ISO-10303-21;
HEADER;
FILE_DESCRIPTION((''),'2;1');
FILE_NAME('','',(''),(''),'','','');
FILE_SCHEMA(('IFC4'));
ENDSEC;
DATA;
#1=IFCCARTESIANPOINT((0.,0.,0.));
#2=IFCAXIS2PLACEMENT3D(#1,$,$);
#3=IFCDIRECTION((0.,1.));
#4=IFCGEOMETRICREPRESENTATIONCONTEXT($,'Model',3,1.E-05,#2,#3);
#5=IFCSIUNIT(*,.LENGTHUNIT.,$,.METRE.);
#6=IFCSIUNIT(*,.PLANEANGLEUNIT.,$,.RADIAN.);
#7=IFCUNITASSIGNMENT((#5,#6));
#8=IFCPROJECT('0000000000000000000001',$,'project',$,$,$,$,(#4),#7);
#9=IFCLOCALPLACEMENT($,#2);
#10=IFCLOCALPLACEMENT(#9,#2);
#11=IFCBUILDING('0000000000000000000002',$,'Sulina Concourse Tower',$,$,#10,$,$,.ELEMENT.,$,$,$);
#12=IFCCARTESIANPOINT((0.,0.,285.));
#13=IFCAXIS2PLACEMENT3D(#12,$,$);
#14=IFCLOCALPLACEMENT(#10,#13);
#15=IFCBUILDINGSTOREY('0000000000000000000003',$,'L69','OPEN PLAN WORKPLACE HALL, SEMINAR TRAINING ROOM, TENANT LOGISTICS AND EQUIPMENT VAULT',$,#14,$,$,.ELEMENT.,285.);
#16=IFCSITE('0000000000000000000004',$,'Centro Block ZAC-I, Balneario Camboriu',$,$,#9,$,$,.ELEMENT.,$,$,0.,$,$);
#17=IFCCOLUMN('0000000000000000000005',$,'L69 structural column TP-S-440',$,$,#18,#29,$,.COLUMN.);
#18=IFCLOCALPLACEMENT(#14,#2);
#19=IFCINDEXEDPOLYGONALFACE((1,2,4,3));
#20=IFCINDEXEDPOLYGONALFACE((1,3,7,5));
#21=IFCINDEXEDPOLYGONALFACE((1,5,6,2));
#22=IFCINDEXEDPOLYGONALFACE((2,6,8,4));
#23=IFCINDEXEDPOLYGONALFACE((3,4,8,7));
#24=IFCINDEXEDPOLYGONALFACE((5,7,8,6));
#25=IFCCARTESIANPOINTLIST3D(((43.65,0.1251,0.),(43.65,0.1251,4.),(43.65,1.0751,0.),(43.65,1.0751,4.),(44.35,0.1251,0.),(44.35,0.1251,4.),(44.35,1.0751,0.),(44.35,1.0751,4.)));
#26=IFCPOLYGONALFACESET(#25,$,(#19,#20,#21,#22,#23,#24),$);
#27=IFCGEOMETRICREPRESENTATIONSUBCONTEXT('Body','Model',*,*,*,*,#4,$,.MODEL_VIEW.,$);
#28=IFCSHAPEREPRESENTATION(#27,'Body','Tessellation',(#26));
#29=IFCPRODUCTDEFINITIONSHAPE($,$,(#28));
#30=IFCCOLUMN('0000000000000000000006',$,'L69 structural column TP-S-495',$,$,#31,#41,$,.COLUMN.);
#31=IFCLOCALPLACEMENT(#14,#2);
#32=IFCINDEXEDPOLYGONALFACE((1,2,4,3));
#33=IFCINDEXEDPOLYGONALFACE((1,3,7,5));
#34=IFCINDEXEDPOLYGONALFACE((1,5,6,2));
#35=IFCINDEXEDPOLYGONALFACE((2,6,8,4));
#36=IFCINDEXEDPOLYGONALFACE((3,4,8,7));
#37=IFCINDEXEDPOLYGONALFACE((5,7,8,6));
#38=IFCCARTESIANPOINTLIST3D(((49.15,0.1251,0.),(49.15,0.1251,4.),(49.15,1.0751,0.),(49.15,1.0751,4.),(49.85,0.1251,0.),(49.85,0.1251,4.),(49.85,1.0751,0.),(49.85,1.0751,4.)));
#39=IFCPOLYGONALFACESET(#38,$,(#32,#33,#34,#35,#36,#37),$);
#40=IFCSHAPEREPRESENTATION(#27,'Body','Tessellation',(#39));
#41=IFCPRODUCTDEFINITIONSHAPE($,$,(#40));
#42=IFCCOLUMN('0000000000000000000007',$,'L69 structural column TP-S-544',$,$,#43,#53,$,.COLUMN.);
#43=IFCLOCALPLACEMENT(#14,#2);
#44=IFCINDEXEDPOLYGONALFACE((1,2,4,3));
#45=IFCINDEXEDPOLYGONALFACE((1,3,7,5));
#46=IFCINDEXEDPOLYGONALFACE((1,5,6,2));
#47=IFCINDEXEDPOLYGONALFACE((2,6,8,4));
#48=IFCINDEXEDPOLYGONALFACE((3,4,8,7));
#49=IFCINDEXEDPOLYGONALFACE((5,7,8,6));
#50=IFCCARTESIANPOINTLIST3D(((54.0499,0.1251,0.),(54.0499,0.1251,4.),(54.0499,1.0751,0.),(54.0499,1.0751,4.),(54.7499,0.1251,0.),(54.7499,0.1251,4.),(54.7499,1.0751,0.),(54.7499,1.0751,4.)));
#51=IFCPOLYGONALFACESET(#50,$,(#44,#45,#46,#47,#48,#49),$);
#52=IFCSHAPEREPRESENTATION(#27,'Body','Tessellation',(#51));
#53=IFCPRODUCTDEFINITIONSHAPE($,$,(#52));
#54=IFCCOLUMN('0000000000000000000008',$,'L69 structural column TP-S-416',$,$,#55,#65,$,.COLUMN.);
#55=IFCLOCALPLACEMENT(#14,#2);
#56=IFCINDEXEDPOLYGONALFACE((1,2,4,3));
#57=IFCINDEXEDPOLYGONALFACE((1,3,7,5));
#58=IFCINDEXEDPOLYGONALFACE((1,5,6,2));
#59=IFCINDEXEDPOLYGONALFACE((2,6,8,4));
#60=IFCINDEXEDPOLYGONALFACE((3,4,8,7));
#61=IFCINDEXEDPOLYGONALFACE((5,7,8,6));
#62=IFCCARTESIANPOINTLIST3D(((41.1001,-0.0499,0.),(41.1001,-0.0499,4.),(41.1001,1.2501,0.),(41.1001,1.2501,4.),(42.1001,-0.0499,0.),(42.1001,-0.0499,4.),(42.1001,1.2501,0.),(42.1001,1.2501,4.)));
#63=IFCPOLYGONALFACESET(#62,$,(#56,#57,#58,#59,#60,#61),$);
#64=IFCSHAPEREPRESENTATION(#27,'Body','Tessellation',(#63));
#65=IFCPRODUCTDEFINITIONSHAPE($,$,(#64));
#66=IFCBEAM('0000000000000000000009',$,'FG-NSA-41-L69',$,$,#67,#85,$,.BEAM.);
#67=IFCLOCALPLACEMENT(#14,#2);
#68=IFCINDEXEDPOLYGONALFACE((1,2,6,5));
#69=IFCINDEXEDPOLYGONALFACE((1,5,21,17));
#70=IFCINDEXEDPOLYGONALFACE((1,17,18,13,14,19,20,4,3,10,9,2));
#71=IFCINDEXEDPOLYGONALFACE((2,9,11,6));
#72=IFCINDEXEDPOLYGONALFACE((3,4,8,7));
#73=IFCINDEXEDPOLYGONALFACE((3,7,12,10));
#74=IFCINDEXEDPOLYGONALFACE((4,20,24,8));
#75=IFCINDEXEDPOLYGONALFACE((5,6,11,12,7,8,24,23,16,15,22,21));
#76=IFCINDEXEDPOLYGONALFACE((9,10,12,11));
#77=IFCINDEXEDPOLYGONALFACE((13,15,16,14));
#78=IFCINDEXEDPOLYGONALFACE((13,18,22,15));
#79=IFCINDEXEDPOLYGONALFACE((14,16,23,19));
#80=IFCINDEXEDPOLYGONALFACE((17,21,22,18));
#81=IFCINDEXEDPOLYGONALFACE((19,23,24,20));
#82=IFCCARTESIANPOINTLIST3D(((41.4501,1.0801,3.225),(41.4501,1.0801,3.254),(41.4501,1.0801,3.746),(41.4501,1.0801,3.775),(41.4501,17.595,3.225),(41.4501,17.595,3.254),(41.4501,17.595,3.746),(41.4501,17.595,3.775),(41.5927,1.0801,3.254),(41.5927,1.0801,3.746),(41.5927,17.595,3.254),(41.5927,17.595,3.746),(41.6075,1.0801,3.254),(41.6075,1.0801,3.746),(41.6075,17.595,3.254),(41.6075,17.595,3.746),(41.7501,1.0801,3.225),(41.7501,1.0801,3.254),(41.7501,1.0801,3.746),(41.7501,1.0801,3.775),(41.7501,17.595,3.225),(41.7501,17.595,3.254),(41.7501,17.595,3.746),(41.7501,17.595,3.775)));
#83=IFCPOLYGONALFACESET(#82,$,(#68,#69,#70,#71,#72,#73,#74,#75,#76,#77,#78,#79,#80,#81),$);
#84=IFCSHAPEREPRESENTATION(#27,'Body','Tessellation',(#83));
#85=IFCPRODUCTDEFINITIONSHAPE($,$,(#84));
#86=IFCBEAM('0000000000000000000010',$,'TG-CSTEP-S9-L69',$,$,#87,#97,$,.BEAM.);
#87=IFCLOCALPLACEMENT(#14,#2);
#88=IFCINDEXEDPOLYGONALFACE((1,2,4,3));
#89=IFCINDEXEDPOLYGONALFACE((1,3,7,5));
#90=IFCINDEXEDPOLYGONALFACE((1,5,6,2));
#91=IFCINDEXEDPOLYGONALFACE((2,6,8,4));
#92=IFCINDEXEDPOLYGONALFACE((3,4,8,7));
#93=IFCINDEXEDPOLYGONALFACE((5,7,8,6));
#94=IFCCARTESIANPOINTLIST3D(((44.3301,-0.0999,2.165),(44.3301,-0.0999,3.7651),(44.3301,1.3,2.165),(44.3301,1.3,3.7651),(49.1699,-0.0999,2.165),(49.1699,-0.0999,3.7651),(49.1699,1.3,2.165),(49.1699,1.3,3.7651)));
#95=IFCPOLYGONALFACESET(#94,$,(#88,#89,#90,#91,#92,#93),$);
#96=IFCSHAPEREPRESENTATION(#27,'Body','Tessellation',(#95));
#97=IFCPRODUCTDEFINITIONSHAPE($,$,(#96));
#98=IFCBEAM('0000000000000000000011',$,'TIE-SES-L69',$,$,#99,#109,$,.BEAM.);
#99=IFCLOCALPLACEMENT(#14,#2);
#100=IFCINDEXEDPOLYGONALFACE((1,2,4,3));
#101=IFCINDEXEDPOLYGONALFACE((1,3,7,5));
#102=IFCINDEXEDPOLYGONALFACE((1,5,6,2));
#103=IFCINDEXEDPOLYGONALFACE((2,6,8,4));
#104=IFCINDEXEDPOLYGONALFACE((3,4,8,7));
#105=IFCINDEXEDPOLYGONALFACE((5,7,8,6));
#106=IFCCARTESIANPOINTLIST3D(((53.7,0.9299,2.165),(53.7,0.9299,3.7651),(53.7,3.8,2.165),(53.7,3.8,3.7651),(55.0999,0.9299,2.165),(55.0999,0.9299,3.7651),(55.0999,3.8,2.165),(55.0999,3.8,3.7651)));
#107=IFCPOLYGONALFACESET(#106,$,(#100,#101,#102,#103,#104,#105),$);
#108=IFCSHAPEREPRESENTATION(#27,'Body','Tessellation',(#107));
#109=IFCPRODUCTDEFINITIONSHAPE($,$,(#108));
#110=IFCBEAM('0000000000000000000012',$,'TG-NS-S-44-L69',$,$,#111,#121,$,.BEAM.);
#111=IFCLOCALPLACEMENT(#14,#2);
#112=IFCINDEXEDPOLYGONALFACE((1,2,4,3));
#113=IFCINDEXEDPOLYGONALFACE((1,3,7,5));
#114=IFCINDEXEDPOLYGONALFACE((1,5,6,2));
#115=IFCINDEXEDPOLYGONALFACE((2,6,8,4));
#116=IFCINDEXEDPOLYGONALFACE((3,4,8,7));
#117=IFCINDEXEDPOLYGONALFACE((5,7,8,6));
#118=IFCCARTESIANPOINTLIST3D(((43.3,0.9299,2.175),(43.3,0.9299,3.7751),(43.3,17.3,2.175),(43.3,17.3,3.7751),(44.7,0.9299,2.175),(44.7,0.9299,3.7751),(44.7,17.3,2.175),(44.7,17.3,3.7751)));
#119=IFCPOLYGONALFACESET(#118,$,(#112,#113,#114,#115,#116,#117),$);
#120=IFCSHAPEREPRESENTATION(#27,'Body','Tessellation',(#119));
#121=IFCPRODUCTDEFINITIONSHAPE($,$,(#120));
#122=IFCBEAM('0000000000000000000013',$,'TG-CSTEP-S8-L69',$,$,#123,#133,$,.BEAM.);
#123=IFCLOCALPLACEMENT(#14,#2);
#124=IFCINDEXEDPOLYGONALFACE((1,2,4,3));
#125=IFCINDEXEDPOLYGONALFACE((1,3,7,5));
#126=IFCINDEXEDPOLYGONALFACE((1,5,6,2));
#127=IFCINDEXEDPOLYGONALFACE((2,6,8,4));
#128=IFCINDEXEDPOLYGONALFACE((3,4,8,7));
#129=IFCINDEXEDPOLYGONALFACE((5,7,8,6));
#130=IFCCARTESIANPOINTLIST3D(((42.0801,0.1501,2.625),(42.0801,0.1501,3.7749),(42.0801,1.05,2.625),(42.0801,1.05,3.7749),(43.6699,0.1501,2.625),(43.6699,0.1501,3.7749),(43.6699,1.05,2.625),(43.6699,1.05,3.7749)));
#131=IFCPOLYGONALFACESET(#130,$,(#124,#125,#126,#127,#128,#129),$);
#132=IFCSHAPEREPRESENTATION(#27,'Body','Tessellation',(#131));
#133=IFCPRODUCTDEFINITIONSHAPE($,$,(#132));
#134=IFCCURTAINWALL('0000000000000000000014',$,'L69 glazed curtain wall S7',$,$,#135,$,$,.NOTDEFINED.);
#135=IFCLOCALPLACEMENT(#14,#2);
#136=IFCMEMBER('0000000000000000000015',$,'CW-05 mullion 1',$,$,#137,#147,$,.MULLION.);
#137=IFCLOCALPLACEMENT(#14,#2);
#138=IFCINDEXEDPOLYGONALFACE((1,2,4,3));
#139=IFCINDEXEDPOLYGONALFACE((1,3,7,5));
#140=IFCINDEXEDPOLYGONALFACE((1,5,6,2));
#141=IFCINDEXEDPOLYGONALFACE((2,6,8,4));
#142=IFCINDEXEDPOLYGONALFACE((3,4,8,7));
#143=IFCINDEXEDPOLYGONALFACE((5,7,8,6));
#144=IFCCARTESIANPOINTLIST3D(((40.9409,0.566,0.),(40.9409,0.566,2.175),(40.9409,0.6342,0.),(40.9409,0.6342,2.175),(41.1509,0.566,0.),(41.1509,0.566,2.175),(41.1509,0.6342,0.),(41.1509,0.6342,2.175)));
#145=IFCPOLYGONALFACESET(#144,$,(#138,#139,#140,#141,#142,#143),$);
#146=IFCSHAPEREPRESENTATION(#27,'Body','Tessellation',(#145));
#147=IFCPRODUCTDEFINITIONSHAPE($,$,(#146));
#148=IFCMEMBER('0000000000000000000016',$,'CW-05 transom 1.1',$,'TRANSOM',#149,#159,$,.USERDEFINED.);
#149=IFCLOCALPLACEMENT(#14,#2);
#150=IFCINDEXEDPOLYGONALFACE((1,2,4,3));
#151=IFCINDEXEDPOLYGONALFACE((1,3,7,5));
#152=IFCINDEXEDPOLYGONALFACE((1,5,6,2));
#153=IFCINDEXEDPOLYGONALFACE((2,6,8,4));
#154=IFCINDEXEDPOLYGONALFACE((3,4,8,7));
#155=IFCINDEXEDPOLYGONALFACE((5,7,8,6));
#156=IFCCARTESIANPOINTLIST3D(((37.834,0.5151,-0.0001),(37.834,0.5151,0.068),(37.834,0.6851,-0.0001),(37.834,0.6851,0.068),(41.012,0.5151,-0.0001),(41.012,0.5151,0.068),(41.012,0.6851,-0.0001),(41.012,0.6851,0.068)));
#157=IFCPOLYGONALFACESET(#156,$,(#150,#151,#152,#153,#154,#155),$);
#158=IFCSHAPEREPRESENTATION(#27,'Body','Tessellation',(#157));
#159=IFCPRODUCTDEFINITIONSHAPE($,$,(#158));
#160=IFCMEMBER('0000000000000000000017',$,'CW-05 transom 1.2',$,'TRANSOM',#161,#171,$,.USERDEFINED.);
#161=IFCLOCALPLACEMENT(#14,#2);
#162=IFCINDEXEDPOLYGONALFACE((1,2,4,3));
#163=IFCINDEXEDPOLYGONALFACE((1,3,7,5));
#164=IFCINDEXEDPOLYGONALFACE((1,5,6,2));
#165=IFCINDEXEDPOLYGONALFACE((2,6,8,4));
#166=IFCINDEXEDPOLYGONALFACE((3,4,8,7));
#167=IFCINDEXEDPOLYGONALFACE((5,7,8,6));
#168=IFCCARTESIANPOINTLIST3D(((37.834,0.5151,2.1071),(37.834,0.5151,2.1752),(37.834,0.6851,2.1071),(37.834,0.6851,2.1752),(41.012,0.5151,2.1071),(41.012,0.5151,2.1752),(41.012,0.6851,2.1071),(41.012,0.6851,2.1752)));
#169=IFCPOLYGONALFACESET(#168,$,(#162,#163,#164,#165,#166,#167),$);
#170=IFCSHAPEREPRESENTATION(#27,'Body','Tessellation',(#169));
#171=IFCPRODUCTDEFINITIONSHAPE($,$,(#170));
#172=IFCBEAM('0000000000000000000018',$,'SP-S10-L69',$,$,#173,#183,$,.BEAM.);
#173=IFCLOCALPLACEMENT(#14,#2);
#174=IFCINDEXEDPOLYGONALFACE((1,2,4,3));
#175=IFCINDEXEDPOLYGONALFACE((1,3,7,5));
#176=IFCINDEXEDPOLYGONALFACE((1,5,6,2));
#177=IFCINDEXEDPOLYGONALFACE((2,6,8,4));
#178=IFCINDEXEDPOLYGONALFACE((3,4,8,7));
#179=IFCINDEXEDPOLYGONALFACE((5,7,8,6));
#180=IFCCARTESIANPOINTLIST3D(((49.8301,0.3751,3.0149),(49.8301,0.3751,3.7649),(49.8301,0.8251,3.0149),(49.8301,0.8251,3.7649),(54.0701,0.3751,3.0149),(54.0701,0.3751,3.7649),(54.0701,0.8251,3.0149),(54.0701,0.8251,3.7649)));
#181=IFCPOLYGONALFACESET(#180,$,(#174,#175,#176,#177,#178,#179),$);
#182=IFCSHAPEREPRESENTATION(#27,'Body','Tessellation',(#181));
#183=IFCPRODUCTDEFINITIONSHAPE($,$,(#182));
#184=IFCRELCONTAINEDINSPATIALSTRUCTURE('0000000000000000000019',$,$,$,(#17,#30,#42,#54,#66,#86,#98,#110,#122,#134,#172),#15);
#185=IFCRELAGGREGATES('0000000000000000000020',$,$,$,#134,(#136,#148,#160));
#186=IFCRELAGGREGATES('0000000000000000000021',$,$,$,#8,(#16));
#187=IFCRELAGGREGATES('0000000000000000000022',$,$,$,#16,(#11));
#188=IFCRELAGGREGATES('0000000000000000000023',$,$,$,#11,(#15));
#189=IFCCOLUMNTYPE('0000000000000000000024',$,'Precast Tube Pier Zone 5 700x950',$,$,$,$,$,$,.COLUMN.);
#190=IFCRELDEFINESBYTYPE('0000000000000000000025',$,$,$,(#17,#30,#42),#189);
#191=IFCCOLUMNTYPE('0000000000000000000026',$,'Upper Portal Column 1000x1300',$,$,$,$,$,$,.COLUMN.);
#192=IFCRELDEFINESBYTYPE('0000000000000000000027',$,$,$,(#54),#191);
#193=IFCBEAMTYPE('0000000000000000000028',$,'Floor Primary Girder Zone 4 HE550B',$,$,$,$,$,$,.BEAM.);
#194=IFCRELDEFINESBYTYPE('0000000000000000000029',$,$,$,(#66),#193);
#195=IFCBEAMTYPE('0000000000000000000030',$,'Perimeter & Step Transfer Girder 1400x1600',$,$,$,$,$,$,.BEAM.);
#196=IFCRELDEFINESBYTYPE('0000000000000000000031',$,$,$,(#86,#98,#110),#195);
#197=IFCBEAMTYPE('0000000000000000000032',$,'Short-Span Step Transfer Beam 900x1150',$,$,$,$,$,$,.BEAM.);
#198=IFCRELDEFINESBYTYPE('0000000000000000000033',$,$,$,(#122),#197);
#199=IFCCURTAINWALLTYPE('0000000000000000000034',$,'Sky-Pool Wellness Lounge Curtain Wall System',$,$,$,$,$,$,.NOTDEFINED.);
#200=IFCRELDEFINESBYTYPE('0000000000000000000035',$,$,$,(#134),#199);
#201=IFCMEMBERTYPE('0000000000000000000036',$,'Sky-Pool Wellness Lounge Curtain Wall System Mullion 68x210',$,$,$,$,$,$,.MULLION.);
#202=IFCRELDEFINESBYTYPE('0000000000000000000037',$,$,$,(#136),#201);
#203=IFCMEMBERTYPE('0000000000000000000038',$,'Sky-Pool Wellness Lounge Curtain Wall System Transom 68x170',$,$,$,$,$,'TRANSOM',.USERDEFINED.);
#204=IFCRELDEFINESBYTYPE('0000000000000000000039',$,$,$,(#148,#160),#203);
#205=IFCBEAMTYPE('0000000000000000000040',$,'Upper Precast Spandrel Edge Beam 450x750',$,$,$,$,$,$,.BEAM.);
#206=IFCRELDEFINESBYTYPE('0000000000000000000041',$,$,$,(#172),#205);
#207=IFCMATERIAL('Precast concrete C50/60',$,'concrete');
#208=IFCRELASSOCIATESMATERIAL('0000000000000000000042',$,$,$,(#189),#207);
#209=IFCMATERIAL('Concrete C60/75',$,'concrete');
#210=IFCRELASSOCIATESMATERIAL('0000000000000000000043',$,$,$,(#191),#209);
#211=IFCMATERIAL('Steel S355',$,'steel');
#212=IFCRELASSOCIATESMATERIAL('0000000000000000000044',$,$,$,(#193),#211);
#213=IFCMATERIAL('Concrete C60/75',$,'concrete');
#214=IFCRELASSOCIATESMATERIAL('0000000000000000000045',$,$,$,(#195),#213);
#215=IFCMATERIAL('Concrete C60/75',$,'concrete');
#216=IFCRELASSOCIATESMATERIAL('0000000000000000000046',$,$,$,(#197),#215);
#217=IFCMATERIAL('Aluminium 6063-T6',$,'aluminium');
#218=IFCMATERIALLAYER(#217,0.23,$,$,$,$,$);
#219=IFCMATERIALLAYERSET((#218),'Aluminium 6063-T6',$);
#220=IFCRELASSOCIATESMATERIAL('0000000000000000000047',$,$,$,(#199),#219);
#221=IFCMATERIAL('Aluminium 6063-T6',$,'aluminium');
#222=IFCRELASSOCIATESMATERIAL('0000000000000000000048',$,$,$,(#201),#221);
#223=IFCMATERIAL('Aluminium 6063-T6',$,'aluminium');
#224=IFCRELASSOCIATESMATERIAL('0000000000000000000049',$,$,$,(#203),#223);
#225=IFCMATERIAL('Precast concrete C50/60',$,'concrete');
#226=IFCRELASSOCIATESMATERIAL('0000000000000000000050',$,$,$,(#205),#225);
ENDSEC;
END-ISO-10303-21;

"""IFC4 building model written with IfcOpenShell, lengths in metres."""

from ifc_helpers import new_model, si_unit, direction, frame, origin, origin_2d, place, context, subcontext, project, spatial, rectangle, i_section, extrude, material, layer, layer_set, material_profile, profile_set, type_object, element, aggregate, save


model = new_model("IFC4")

# Units and contexts
model_context = context("Model", 3, precision=1e-05, world=origin(), true_north=direction((0.0, 1.0)))
body_context = subcontext(model_context, "Body", "Model", "MODEL_VIEW")
ifc_project = project(units=[si_unit("LENGTHUNIT", "METRE"), si_unit("PLANEANGLEUNIT", "RADIAN")], contexts=[model_context])

# Site, building, storey
site_placement = place(None, origin())
site = spatial("IfcSite", under=ifc_project, at=site_placement, Name="Centro Block ZAC-I, Balneario Camboriu", CompositionType="ELEMENT", RefElevation=0.0)
building_placement = place(site_placement, origin())
building = spatial("IfcBuilding", under=site, at=building_placement, Name="Sulina Concourse Tower", CompositionType="ELEMENT")
storey_placement = place(building_placement, frame((0.0, 0.0, 285.0)))
storey = spatial("IfcBuildingStorey", under=building, at=storey_placement, Name="L69", Description="OPEN PLAN WORKPLACE HALL, SEMINAR TRAINING ROOM, TENANT LOGISTICS AND EQUIPMENT VAULT", CompositionType="ELEMENT", Elevation=285.0)

# Columns
ifc_material_1 = material(Name="Precast concrete C50/60", Category="concrete")
ifc_material_profile_1 = material_profile(ifc_material_1, rectangle(XDim=0.7, YDim=0.95, at=origin_2d()), Name="PC 700x950")
ifc_profile_set_1 = profile_set([ifc_material_profile_1], Name="Precast concrete C50/60")
column_type_1 = type_object("IfcColumnType", Name="Precast Tube Pier Zone 5 700x950", PredefinedType="COLUMN", material=ifc_profile_set_1)
for number, where, z_axis, x_axis, name in (
    (1, (44.0, 0.6001, 0.0), (0.0, 0.0, 1.0), (1.0, 0.0, 0.0), "L69 structural column TP-S-440"),
    (2, (49.5, 0.6001, 0.0), (0.0, 0.0, 1.0), (1.0, 0.0, 0.0), "L69 structural column TP-S-495"),
    (3, (54.3999, 0.6001, 0.0), (0.0, 0.0, 1.0), (1.0, 0.0, 0.0), "L69 structural column TP-S-544"),
):
    element("IfcColumn", number, at=place(storey_placement, frame(where, z_axis=z_axis, x_axis=x_axis)), inside=storey, type_object=column_type_1, Name=name, PredefinedType="COLUMN", context=body_context, shape_type="SweptSolid", body=[
        extrude(rectangle(XDim=0.7, YDim=0.95, at=origin_2d()), origin(), (0.0, 0.0, 1.0), 4.0),
    ])
ifc_material_2 = material(Name="Concrete C60/75", Category="concrete")
ifc_material_profile_2 = material_profile(ifc_material_2, rectangle(XDim=1.0, YDim=1.3, at=origin_2d()), Name="RC 1000x1300")
ifc_profile_set_2 = profile_set([ifc_material_profile_2], Name="Concrete C60/75")
column_type_2 = type_object("IfcColumnType", Name="Upper Portal Column 1000x1300", PredefinedType="COLUMN", material=ifc_profile_set_2)
column_placement = place(storey_placement, frame((41.6001, 0.6001, 0.0), z_axis=(0.0, 0.0, 1.0), x_axis=(1.0, 0.0, 0.0)))
element("IfcColumn", 4, at=column_placement, inside=storey, type_object=column_type_2, Name="L69 structural column TP-S-416", PredefinedType="COLUMN", context=body_context, shape_type="SweptSolid", body=[
    extrude(rectangle(XDim=1.0, YDim=1.3, at=origin_2d()), origin(), (0.0, 0.0, 1.0), 4.0),
])

# Beams
ifc_material_3 = material(Name="Steel S355", Category="steel")
ifc_material_profile_3 = material_profile(ifc_material_3, i_section(OverallWidth=0.3, OverallDepth=0.55, WebThickness=0.0149, FlangeThickness=0.0291, at=origin_2d()), Name="HE 550 B")
ifc_profile_set_3 = profile_set([ifc_material_profile_3], Name="Steel S355")
beam_type_1 = type_object("IfcBeamType", Name="Floor Primary Girder Zone 4 HE550B", PredefinedType="BEAM", material=ifc_profile_set_3)
beam_1_placement = place(storey_placement, frame((41.6001, 1.0801, 3.5), z_axis=(0.0, 1.0, 0.0), x_axis=(-1.0, 0.0, 0.0)))
element("IfcBeam", 5, at=beam_1_placement, inside=storey, type_object=beam_type_1, Name="FG-NSA-41-L69", PredefinedType="BEAM", context=body_context, shape_type="SweptSolid", body=[
    extrude(i_section(OverallWidth=0.3, OverallDepth=0.55, WebThickness=0.0149, FlangeThickness=0.0291, at=origin_2d()), origin(), (0.0, 0.0, 1.0), 16.5149),
])
ifc_material_4 = material(Name="Concrete C60/75", Category="concrete")
ifc_material_profile_4 = material_profile(ifc_material_4, rectangle(XDim=1.3999, YDim=1.6001, at=origin_2d()), Name="RC 1400x1600")
ifc_profile_set_4 = profile_set([ifc_material_profile_4], Name="Concrete C60/75")
beam_type_2 = type_object("IfcBeamType", Name="Perimeter & Step Transfer Girder 1400x1600", PredefinedType="BEAM", material=ifc_profile_set_4)
beam_2_placement = place(storey_placement, frame((44.3301, 0.6001, 2.9651), z_axis=(1.0, 0.0, 0.0), x_axis=(0.0, 1.0, 0.0)))
element("IfcBeam", 6, at=beam_2_placement, inside=storey, type_object=beam_type_2, Name="TG-CSTEP-S9-L69", PredefinedType="BEAM", context=body_context, shape_type="SweptSolid", body=[
    extrude(rectangle(XDim=1.3999, YDim=1.6001, at=origin_2d()), origin(), (0.0, 0.0, 1.0), 4.8398),
])
beam_3_placement = place(storey_placement, frame((54.3999, 0.9299, 2.9651), z_axis=(0.0, 1.0, 0.0), x_axis=(-1.0, 0.0, 0.0)))
element("IfcBeam", 7, at=beam_3_placement, inside=storey, type_object=beam_type_2, Name="TIE-SES-L69", PredefinedType="BEAM", context=body_context, shape_type="SweptSolid", body=[
    extrude(rectangle(XDim=1.3999, YDim=1.6001, at=origin_2d()), origin(), (0.0, 0.0, 1.0), 2.8701),
])
beam_4_placement = place(storey_placement, frame((44.0, 0.9299, 2.9751), z_axis=(0.0, 1.0, 0.0), x_axis=(-1.0, 0.0, 0.0)))
element("IfcBeam", 8, at=beam_4_placement, inside=storey, type_object=beam_type_2, Name="TG-NS-S-44-L69", PredefinedType="BEAM", context=body_context, shape_type="SweptSolid", body=[
    extrude(rectangle(XDim=1.3999, YDim=1.6001, at=origin_2d()), origin(), (0.0, 0.0, 1.0), 16.3701),
])
ifc_material_5 = material(Name="Concrete C60/75", Category="concrete")
ifc_material_profile_5 = material_profile(ifc_material_5, rectangle(XDim=0.8999, YDim=1.1499, at=origin_2d()), Name="RC 900x1150")
ifc_profile_set_5 = profile_set([ifc_material_profile_5], Name="Concrete C60/75")
beam_type_3 = type_object("IfcBeamType", Name="Short-Span Step Transfer Beam 900x1150", PredefinedType="BEAM", material=ifc_profile_set_5)
beam_5_placement = place(storey_placement, frame((42.0801, 0.6001, 3.2), z_axis=(1.0, 0.0, 0.0), x_axis=(0.0, 1.0, 0.0)))
element("IfcBeam", 9, at=beam_5_placement, inside=storey, type_object=beam_type_3, Name="TG-CSTEP-S8-L69", PredefinedType="BEAM", context=body_context, shape_type="SweptSolid", body=[
    extrude(rectangle(XDim=0.8999, YDim=1.1499, at=origin_2d()), origin(), (0.0, 0.0, 1.0), 1.5898),
])

# Curtain wall, members
ifc_material_6 = material(Name="Aluminium 6063-T6", Category="aluminium")
ifc_layer_1 = layer(ifc_material_6, 0.23)
ifc_layer_set_1 = layer_set([ifc_layer_1], Name="Aluminium 6063-T6")
curtain_wall_type = type_object("IfcCurtainWallType", Name="Sky-Pool Wellness Lounge Curtain Wall System", PredefinedType="NOTDEFINED", material=ifc_layer_set_1)
curtain_wall_placement = place(storey_placement, origin())
curtain_wall = element("IfcCurtainWall", 10, at=curtain_wall_placement, inside=storey, type_object=curtain_wall_type, Name="L69 glazed curtain wall S7", PredefinedType="NOTDEFINED")
ifc_material_7 = material(Name="Aluminium 6063-T6", Category="aluminium")
ifc_material_profile_6 = material_profile(ifc_material_7, rectangle(XDim=0.0681, YDim=0.21, at=origin_2d()), Name="MUL 68x210")
ifc_profile_set_6 = profile_set([ifc_material_profile_6], Name="Aluminium 6063-T6")
member_type_1 = type_object("IfcMemberType", Name="Sky-Pool Wellness Lounge Curtain Wall System Mullion 68x210", PredefinedType="MULLION", material=ifc_profile_set_6)
member_1_placement = place(storey_placement, frame((41.0459, 0.6001, 0.0), z_axis=(0.0, 0.0, 1.0), x_axis=(0.0, -1.0, 0.0)))
member_1 = element("IfcMember", 11, at=member_1_placement, type_object=member_type_1, Name="CW-05 mullion 1", PredefinedType="MULLION", context=body_context, shape_type="SweptSolid", body=[
    extrude(rectangle(XDim=0.0681, YDim=0.21, at=origin_2d()), origin(), (0.0, 0.0, 1.0), 2.175),
])
ifc_material_8 = material(Name="Aluminium 6063-T6", Category="aluminium")
ifc_material_profile_7 = material_profile(ifc_material_8, rectangle(XDim=0.1699, YDim=0.0681, at=origin_2d()), Name="TRN 68x170")
ifc_profile_set_7 = profile_set([ifc_material_profile_7], Name="Aluminium 6063-T6")
member_type_2 = type_object("IfcMemberType", Name="Sky-Pool Wellness Lounge Curtain Wall System Transom 68x170", ElementType="TRANSOM", PredefinedType="USERDEFINED", material=ifc_profile_set_7)
member_2_placement = place(storey_placement, frame((41.012, 0.6001, 0.0339), z_axis=(-1.0, 0.0, 0.0), x_axis=(0.0, -1.0, 0.0)))
member_2 = element("IfcMember", 12, at=member_2_placement, type_object=member_type_2, Name="CW-05 transom 1.1", ObjectType="TRANSOM", PredefinedType="USERDEFINED", context=body_context, shape_type="SweptSolid", body=[
    extrude(rectangle(XDim=0.1699, YDim=0.0681, at=origin_2d()), origin(), (0.0, 0.0, 1.0), 3.178),
])
member_3_placement = place(storey_placement, frame((41.012, 0.6001, 2.1411), z_axis=(-1.0, 0.0, 0.0), x_axis=(0.0, -1.0, 0.0)))
member_3 = element("IfcMember", 13, at=member_3_placement, type_object=member_type_2, Name="CW-05 transom 1.2", ObjectType="TRANSOM", PredefinedType="USERDEFINED", context=body_context, shape_type="SweptSolid", body=[
    extrude(rectangle(XDim=0.1699, YDim=0.0681, at=origin_2d()), origin(), (0.0, 0.0, 1.0), 3.178),
])
aggregate(curtain_wall, [member_1, member_2, member_3])

# Beam
ifc_material_9 = material(Name="Precast concrete C50/60", Category="concrete")
ifc_material_profile_8 = material_profile(ifc_material_9, rectangle(XDim=0.45, YDim=0.75, at=origin_2d()), Name="RC 450x750")
ifc_profile_set_8 = profile_set([ifc_material_profile_8], Name="Precast concrete C50/60")
beam_type_4 = type_object("IfcBeamType", Name="Upper Precast Spandrel Edge Beam 450x750", PredefinedType="BEAM", material=ifc_profile_set_8)
beam_6_placement = place(storey_placement, frame((49.8301, 0.6001, 3.3899), z_axis=(1.0, 0.0, 0.0), x_axis=(0.0, 1.0, 0.0)))
element("IfcBeam", 14, at=beam_6_placement, inside=storey, type_object=beam_type_4, Name="SP-S10-L69", PredefinedType="BEAM", context=body_context, shape_type="SweptSolid", body=[
    extrude(rectangle(XDim=0.45, YDim=0.75, at=origin_2d()), origin(), (0.0, 0.0, 1.0), 4.24),
])

save(model, "model.ifc")
